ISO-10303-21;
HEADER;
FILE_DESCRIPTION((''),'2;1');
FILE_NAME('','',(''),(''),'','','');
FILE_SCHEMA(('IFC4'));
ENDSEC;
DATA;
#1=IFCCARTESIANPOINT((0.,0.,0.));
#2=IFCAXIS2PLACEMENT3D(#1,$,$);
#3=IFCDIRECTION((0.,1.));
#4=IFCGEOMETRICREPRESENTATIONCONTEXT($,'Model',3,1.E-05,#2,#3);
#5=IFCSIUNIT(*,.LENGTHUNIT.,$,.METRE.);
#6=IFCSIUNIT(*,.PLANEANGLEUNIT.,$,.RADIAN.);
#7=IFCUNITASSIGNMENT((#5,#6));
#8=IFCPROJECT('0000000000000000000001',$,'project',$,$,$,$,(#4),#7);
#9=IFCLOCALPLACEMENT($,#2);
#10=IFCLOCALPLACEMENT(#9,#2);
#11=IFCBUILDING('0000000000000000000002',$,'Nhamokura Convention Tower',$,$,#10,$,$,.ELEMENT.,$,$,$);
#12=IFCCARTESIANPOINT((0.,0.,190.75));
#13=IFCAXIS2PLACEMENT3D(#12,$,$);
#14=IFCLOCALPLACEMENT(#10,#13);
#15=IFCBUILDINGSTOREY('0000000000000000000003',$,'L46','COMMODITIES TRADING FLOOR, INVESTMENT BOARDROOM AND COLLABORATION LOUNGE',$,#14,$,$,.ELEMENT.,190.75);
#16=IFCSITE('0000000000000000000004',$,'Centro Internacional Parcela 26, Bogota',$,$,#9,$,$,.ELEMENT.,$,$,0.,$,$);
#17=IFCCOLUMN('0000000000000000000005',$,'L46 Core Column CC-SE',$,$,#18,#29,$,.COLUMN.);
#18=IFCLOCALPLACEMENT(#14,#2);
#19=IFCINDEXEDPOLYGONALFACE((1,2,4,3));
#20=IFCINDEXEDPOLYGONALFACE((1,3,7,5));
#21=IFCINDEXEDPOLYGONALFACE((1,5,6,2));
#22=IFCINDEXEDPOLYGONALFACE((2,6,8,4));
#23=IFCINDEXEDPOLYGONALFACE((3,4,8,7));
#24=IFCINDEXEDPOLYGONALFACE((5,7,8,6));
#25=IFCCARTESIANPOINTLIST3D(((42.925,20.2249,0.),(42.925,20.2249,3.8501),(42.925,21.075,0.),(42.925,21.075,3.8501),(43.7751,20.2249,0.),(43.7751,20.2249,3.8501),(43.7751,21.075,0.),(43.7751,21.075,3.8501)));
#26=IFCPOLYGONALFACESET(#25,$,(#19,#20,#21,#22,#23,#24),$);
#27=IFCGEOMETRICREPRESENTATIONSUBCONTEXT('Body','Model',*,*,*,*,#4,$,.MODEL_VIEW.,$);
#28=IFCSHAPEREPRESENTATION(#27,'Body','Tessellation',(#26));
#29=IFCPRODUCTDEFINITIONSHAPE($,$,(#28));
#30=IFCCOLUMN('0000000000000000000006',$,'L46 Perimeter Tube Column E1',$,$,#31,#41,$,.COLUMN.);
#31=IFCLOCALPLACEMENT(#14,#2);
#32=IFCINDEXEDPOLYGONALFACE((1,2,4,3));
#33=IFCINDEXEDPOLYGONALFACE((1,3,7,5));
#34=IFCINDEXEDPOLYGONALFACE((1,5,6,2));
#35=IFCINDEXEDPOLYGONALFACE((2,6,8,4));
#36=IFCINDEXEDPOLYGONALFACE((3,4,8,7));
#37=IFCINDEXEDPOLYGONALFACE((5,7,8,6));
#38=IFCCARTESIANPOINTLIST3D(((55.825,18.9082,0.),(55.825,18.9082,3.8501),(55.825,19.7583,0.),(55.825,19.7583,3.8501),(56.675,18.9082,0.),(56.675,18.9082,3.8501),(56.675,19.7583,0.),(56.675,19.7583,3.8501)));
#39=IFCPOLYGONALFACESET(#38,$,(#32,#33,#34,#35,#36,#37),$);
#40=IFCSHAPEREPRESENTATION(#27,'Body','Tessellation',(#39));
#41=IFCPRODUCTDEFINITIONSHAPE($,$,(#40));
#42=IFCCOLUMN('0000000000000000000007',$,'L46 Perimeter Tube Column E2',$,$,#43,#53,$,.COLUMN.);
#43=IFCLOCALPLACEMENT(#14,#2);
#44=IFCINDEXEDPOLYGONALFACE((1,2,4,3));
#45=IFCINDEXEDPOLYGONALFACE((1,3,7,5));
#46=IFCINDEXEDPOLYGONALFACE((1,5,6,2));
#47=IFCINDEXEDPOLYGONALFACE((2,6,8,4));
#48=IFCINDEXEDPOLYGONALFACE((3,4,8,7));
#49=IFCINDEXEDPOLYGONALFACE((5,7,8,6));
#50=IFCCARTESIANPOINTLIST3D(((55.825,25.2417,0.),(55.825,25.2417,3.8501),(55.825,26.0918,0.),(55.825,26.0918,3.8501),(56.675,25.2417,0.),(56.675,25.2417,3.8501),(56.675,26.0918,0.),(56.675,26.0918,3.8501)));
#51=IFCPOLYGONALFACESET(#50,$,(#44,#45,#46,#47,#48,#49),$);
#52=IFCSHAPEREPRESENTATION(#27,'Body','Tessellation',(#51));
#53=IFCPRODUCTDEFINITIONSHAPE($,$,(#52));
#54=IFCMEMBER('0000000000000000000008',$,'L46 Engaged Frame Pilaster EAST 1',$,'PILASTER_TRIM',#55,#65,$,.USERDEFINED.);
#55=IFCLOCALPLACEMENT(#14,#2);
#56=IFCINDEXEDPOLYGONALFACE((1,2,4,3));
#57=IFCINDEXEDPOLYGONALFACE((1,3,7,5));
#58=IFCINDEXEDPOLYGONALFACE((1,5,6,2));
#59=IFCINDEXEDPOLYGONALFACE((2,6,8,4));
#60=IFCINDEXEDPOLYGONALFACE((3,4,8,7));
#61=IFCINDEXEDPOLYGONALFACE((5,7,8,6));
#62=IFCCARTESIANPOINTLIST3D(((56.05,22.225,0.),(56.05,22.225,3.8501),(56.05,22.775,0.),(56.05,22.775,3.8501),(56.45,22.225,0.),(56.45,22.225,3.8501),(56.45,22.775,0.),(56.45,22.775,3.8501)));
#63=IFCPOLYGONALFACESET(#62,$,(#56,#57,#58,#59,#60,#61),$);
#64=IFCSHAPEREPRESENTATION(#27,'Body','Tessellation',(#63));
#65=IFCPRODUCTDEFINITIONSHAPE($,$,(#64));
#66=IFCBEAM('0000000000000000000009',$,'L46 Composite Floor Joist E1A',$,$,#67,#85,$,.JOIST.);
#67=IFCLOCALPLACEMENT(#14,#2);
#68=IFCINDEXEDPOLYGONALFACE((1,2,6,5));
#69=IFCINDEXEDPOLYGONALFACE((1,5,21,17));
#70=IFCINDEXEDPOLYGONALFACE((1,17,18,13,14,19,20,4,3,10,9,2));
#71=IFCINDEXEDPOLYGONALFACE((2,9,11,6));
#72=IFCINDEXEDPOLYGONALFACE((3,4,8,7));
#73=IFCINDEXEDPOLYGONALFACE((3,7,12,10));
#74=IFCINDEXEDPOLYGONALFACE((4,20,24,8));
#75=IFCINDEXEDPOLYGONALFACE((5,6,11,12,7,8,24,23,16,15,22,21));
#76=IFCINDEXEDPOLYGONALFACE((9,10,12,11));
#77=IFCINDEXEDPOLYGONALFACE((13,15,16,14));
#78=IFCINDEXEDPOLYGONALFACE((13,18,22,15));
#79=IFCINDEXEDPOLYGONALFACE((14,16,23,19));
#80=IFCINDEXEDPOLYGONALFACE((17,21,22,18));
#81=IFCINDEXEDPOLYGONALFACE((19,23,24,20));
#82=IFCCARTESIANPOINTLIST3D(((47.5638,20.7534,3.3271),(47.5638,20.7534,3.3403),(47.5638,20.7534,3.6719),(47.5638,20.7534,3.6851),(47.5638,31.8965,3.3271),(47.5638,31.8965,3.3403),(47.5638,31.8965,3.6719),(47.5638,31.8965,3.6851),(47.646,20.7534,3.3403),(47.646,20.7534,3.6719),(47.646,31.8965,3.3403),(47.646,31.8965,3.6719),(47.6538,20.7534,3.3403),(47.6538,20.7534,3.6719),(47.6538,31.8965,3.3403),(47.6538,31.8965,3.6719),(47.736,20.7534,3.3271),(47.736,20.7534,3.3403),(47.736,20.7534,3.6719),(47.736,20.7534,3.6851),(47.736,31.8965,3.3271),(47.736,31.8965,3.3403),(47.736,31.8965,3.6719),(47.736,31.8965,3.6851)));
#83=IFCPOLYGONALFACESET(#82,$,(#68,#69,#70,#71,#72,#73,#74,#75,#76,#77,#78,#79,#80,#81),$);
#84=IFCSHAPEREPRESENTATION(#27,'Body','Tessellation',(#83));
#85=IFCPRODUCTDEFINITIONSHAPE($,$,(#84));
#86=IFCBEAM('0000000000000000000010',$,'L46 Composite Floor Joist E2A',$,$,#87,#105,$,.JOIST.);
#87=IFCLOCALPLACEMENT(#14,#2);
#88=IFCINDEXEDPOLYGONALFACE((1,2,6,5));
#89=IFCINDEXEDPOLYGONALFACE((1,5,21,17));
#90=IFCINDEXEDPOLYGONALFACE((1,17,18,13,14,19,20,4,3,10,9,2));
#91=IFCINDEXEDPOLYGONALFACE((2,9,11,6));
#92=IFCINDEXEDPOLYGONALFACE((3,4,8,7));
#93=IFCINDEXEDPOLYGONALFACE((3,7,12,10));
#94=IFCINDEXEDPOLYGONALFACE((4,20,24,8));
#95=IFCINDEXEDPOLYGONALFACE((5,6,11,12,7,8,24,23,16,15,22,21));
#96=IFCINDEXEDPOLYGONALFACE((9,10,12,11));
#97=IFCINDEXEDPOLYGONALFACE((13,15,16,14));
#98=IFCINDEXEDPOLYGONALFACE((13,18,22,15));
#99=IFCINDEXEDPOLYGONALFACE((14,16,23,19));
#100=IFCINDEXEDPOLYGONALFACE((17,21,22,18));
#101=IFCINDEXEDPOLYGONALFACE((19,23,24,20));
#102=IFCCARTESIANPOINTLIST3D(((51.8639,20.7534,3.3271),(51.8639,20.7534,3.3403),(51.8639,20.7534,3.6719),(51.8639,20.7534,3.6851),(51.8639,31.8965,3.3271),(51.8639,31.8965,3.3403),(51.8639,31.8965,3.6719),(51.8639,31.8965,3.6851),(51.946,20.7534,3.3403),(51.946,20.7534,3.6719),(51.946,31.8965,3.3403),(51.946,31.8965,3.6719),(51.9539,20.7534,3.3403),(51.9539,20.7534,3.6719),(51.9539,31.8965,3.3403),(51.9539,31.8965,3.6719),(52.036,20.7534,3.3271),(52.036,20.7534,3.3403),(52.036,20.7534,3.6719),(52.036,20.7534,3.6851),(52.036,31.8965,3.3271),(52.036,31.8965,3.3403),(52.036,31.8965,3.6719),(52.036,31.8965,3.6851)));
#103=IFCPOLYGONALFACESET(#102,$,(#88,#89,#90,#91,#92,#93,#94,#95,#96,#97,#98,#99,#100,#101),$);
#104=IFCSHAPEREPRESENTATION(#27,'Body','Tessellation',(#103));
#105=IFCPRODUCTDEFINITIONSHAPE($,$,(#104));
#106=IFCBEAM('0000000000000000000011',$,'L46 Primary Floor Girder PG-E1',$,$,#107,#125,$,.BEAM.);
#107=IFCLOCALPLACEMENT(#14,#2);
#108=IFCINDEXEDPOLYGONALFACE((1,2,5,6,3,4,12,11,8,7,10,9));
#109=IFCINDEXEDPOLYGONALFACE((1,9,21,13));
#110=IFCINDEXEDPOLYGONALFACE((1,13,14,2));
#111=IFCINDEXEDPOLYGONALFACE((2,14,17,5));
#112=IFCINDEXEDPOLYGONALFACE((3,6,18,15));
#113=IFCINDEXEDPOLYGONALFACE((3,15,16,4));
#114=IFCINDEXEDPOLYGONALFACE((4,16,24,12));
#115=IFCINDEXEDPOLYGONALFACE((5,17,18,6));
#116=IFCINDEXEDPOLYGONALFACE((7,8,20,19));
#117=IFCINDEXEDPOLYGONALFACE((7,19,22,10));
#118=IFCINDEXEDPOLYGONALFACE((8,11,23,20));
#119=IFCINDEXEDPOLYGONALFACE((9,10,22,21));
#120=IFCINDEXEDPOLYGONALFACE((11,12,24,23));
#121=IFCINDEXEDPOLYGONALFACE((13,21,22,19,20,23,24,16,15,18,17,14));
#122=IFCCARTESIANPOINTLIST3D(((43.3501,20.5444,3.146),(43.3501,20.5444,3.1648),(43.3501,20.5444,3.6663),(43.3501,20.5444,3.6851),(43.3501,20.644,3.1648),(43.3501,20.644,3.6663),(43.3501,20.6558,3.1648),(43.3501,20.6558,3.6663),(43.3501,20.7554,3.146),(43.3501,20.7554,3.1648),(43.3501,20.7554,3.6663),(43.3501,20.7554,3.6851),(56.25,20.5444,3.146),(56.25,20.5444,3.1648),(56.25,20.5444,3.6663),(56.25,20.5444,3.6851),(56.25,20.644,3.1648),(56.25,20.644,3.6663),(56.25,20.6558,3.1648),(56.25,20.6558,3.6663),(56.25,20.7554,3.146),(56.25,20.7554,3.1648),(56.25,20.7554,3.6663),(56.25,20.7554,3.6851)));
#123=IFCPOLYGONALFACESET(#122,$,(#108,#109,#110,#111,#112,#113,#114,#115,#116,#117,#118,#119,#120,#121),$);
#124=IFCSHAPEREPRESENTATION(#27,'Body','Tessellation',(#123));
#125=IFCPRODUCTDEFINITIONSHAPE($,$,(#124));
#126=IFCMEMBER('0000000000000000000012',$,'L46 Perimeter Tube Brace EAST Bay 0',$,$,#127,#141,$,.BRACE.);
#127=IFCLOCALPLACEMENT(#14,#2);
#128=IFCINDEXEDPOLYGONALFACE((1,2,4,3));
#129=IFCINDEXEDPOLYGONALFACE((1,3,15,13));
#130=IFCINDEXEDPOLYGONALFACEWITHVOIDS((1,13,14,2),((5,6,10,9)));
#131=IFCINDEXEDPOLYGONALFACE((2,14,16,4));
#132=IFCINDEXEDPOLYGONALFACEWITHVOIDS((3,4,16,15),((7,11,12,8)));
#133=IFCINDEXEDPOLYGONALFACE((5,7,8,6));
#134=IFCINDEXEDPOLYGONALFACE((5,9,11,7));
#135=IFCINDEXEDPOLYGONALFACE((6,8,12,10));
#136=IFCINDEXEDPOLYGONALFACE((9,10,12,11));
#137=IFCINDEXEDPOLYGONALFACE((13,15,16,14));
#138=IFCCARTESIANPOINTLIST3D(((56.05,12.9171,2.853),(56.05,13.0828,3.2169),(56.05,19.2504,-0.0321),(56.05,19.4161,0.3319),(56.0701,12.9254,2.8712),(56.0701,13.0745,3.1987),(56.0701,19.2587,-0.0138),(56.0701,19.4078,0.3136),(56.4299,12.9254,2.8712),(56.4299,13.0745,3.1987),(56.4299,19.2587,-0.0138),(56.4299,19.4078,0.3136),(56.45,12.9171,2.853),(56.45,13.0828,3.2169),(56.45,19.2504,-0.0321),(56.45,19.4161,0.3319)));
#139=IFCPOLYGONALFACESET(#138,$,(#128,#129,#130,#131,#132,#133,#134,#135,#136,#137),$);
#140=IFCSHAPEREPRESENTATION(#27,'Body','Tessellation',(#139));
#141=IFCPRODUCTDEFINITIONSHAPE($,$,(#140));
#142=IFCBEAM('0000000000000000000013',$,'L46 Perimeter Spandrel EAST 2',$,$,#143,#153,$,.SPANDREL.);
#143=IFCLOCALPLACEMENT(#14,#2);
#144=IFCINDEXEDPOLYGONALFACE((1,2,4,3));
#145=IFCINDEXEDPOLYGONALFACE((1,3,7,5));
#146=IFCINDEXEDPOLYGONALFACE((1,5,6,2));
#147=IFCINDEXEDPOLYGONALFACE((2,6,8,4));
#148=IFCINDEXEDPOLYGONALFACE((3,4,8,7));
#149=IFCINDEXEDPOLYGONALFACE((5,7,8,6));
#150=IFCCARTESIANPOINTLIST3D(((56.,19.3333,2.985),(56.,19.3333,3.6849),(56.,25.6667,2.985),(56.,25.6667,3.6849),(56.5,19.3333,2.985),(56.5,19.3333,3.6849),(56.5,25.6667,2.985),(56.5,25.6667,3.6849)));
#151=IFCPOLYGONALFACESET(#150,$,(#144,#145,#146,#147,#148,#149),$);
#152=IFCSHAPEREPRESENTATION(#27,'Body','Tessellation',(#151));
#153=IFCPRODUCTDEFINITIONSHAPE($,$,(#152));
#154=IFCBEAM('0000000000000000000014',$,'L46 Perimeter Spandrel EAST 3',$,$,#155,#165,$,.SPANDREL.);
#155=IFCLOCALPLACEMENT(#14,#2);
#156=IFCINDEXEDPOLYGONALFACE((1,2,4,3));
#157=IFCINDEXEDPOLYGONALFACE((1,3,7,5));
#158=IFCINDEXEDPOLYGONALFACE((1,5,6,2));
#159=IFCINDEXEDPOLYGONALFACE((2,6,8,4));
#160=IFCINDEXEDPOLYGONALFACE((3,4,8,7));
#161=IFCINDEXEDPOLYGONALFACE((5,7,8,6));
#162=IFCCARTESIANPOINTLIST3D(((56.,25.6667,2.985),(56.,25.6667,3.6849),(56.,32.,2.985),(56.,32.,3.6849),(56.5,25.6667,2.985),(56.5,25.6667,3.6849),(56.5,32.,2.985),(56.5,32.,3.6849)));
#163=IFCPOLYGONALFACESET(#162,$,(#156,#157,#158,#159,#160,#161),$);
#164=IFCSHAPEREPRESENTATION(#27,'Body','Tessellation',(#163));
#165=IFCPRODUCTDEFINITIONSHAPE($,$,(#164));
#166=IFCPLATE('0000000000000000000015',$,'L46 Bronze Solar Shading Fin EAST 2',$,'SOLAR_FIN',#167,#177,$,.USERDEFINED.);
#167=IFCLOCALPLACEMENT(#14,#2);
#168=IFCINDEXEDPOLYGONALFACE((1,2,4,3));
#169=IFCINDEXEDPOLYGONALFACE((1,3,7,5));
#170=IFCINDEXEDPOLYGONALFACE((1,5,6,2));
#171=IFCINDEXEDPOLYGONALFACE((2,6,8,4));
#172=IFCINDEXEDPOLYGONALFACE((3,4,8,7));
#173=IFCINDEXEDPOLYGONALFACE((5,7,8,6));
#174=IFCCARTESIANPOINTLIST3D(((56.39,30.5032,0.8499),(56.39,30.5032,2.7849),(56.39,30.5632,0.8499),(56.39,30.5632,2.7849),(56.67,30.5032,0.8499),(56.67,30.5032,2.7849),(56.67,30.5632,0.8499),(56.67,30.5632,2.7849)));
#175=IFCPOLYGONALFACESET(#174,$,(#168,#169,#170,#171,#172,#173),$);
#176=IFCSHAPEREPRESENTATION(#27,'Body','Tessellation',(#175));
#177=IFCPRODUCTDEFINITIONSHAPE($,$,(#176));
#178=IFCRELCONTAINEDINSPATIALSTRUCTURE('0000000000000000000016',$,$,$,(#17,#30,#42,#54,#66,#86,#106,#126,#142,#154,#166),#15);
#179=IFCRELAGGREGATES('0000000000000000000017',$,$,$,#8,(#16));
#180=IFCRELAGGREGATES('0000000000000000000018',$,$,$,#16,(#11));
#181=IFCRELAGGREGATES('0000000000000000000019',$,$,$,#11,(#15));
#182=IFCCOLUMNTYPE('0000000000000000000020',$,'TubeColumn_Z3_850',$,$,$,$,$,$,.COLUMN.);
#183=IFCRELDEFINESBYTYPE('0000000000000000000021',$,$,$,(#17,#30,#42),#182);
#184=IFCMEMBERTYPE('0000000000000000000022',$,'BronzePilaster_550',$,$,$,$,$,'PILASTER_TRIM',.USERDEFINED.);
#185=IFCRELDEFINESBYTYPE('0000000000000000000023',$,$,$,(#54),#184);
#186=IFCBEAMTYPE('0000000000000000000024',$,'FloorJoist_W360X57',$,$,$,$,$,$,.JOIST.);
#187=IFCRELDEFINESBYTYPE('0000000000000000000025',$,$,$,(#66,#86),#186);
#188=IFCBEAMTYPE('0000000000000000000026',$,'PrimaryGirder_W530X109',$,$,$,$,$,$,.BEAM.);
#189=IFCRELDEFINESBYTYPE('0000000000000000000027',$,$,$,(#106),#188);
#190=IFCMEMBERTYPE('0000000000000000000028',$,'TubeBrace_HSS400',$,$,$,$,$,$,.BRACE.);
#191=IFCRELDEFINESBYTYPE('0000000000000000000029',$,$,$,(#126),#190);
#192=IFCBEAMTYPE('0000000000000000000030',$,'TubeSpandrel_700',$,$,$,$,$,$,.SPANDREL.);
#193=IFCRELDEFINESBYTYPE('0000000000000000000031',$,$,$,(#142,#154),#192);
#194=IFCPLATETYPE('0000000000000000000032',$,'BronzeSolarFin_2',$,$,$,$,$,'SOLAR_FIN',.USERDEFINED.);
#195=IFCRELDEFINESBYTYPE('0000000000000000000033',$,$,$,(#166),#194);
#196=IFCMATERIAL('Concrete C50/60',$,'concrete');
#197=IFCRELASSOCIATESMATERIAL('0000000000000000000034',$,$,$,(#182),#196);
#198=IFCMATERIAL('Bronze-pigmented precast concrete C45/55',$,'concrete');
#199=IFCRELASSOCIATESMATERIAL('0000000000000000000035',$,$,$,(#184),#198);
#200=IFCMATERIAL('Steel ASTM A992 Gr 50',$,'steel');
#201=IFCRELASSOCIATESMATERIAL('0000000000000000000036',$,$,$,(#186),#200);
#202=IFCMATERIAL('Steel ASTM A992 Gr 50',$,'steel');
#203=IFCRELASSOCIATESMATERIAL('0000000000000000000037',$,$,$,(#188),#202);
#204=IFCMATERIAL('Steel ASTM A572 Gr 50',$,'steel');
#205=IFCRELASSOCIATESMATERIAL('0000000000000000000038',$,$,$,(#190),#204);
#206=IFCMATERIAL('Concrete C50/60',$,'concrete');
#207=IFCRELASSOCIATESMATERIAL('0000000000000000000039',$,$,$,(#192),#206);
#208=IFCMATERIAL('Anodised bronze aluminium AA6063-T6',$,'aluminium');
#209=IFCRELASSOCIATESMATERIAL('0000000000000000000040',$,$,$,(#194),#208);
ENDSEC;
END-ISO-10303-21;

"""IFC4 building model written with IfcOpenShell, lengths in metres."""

from ifc_helpers import new_model, si_unit, direction, frame, origin, origin_2d, place, context, subcontext, project, spatial, rectangle, hollow_rectangle, i_section, extrude, material, material_profile, profile_set, type_object, element, save


model = new_model("IFC4")

# Units and contexts
model_context = context("Model", 3, precision=1e-05, world=origin(), true_north=direction((0.0, 1.0)))
body_context = subcontext(model_context, "Body", "Model", "MODEL_VIEW")
ifc_project = project(units=[si_unit("LENGTHUNIT", "METRE"), si_unit("PLANEANGLEUNIT", "RADIAN")], contexts=[model_context])

# Site, building, storey
site_placement = place(None, origin())
site = spatial("IfcSite", under=ifc_project, at=site_placement, Name="Centro Internacional Parcela 26, Bogota", CompositionType="ELEMENT", RefElevation=0.0)
building_placement = place(site_placement, origin())
building = spatial("IfcBuilding", under=site, at=building_placement, Name="Nhamokura Convention Tower", CompositionType="ELEMENT")
storey_placement = place(building_placement, frame((0.0, 0.0, 190.75)))
storey = spatial("IfcBuildingStorey", under=building, at=storey_placement, Name="L46", Description="COMMODITIES TRADING FLOOR, INVESTMENT BOARDROOM AND COLLABORATION LOUNGE", CompositionType="ELEMENT", Elevation=190.75)

# Columns
ifc_material_1 = material(Name="Concrete C50/60", Category="concrete")
ifc_material_profile_1 = material_profile(ifc_material_1, rectangle(XDim=0.8501, YDim=0.8501, at=origin_2d()))
ifc_profile_set_1 = profile_set([ifc_material_profile_1], Name="Concrete C50/60")
column_type = type_object("IfcColumnType", Name="TubeColumn_Z3_850", PredefinedType="COLUMN", material=ifc_profile_set_1)
for number, where, z_axis, x_axis, name in (
    (1, (43.3501, 20.6499, 0.0), (0.0, 0.0, 1.0), (1.0, 0.0, 0.0), "L46 Core Column CC-SE"),
    (2, (56.25, 19.3333, 0.0), (0.0, 0.0, 1.0), (1.0, 0.0, 0.0), "L46 Perimeter Tube Column E1"),
    (3, (56.25, 25.6667, 0.0), (0.0, 0.0, 1.0), (1.0, 0.0, 0.0), "L46 Perimeter Tube Column E2"),
):
    element("IfcColumn", number, at=place(storey_placement, frame(where, z_axis=z_axis, x_axis=x_axis)), inside=storey, type_object=column_type, Name=name, PredefinedType="COLUMN", context=body_context, shape_type="SweptSolid", body=[
        extrude(rectangle(XDim=0.8501, YDim=0.8501, at=origin_2d()), origin(), (0.0, 0.0, 1.0), 3.8501),
    ])

# Member
ifc_material_2 = material(Name="Bronze-pigmented precast concrete C45/55", Category="concrete")
ifc_material_profile_2 = material_profile(ifc_material_2, rectangle(XDim=0.3999, YDim=0.55, at=origin_2d()))
ifc_profile_set_2 = profile_set([ifc_material_profile_2], Name="Bronze-pigmented precast concrete C45/55")
member_type_1 = type_object("IfcMemberType", Name="BronzePilaster_550", ElementType="PILASTER_TRIM", PredefinedType="USERDEFINED", material=ifc_profile_set_2)
member_1_placement = place(storey_placement, frame((56.25, 22.5, 0.0), z_axis=(0.0, 0.0, 1.0), x_axis=(1.0, 0.0, 0.0)))
element("IfcMember", 4, at=member_1_placement, inside=storey, type_object=member_type_1, Name="L46 Engaged Frame Pilaster EAST 1", ObjectType="PILASTER_TRIM", PredefinedType="USERDEFINED", context=body_context, shape_type="SweptSolid", body=[
    extrude(rectangle(XDim=0.3999, YDim=0.55, at=origin_2d()), origin(), (0.0, 0.0, 1.0), 3.8501),
])

# Beams
ifc_material_3 = material(Name="Steel ASTM A992 Gr 50", Category="steel")
ifc_material_profile_3 = material_profile(ifc_material_3, i_section(OverallWidth=0.1721, OverallDepth=0.3579, WebThickness=0.0078, FlangeThickness=0.0132, at=origin_2d()))
ifc_profile_set_3 = profile_set([ifc_material_profile_3], Name="Steel ASTM A992 Gr 50")
beam_type_1 = type_object("IfcBeamType", Name="FloorJoist_W360X57", PredefinedType="JOIST", material=ifc_profile_set_3)
for number, where, z_axis, x_axis, name in (
    (5, (47.6499, 20.7534, 3.5061), (0.0, 1.0, 0.0), (-1.0, 0.0, 0.0), "L46 Composite Floor Joist E1A"),
    (6, (51.95, 20.7534, 3.5061), (0.0, 1.0, 0.0), (-1.0, 0.0, 0.0), "L46 Composite Floor Joist E2A"),
):
    element("IfcBeam", number, at=place(storey_placement, frame(where, z_axis=z_axis, x_axis=x_axis)), inside=storey, type_object=beam_type_1, Name=name, PredefinedType="JOIST", context=body_context, shape_type="SweptSolid", body=[
        extrude(i_section(OverallWidth=0.1721, OverallDepth=0.3579, WebThickness=0.0078, FlangeThickness=0.0132, at=origin_2d()), origin(), (0.0, 0.0, 1.0), 11.1431),
    ])
ifc_material_4 = material(Name="Steel ASTM A992 Gr 50", Category="steel")
ifc_material_profile_4 = material_profile(ifc_material_4, i_section(OverallWidth=0.2109, OverallDepth=0.5391, WebThickness=0.0117, FlangeThickness=0.0188, at=origin_2d()))
ifc_profile_set_4 = profile_set([ifc_material_profile_4], Name="Steel ASTM A992 Gr 50")
beam_type_2 = type_object("IfcBeamType", Name="PrimaryGirder_W530X109", PredefinedType="BEAM", material=ifc_profile_set_4)
beam_1_placement = place(storey_placement, frame((43.3501, 20.6499, 3.4155), z_axis=(1.0, 0.0, 0.0), x_axis=(0.0, 1.0, 0.0)))
element("IfcBeam", 7, at=beam_1_placement, inside=storey, type_object=beam_type_2, Name="L46 Primary Floor Girder PG-E1", PredefinedType="BEAM", context=body_context, shape_type="SweptSolid", body=[
    extrude(i_section(OverallWidth=0.2109, OverallDepth=0.5391, WebThickness=0.0117, FlangeThickness=0.0188, at=origin_2d()), origin(), (0.0, 0.0, 1.0), 12.8999),
])

# Member
ifc_material_5 = material(Name="Steel ASTM A572 Gr 50", Category="steel")
ifc_material_profile_5 = material_profile(ifc_material_5, hollow_rectangle(XDim=0.3999, YDim=0.3999, WallThickness=0.02, at=origin_2d()))
ifc_profile_set_5 = profile_set([ifc_material_profile_5], Name="Steel ASTM A572 Gr 50")
member_type_2 = type_object("IfcMemberType", Name="TubeBrace_HSS400", PredefinedType="BRACE", material=ifc_profile_set_5)
member_2_placement = place(storey_placement, frame((56.25, 19.3333, 0.1499), z_axis=(0.0, -0.910027, 0.414548), x_axis=(1.0, 0.0, 0.0)))
element("IfcMember", 8, at=member_2_placement, inside=storey, type_object=member_type_2, Name="L46 Perimeter Tube Brace EAST Bay 0", PredefinedType="BRACE", context=body_context, shape_type="SweptSolid", body=[
    extrude(hollow_rectangle(XDim=0.3999, YDim=0.3999, WallThickness=0.02, at=origin_2d()), origin(), (0.0, 0.0, 1.0), 6.9595),
])

# Beams
ifc_material_6 = material(Name="Concrete C50/60", Category="concrete")
ifc_material_profile_6 = material_profile(ifc_material_6, rectangle(XDim=0.5, YDim=0.7, at=origin_2d()))
ifc_profile_set_6 = profile_set([ifc_material_profile_6], Name="Concrete C50/60")
beam_type_3 = type_object("IfcBeamType", Name="TubeSpandrel_700", PredefinedType="SPANDREL", material=ifc_profile_set_6)
beam_2_placement = place(storey_placement, frame((56.25, 19.3333, 3.335), z_axis=(0.0, 1.0, 0.0), x_axis=(-1.0, 0.0, 0.0)))
element("IfcBeam", 9, at=beam_2_placement, inside=storey, type_object=beam_type_3, Name="L46 Perimeter Spandrel EAST 2", PredefinedType="SPANDREL", context=body_context, shape_type="SweptSolid", body=[
    extrude(rectangle(XDim=0.5, YDim=0.7, at=origin_2d()), origin(), (0.0, 0.0, 1.0), 6.3335),
])
beam_3_placement = place(storey_placement, frame((56.25, 25.6667, 3.335), z_axis=(0.0, 1.0, 0.0), x_axis=(-1.0, 0.0, 0.0)))
element("IfcBeam", 10, at=beam_3_placement, inside=storey, type_object=beam_type_3, Name="L46 Perimeter Spandrel EAST 3", PredefinedType="SPANDREL", context=body_context, shape_type="SweptSolid", body=[
    extrude(rectangle(XDim=0.5, YDim=0.7, at=origin_2d()), origin(), (0.0, 0.0, 1.0), 6.3333),
])

# Plate
ifc_material_7 = material(Name="Anodised bronze aluminium AA6063-T6", Category="aluminium")
plate_type = type_object("IfcPlateType", Name="BronzeSolarFin_2", ElementType="SOLAR_FIN", PredefinedType="USERDEFINED", material=ifc_material_7)
plate_placement = place(storey_placement, frame((56.53, 30.5332, 0.8499), z_axis=(0.0, 0.0, 1.0), x_axis=(1.0, 0.0, 0.0)))
element("IfcPlate", 11, at=plate_placement, inside=storey, type_object=plate_type, Name="L46 Bronze Solar Shading Fin EAST 2", ObjectType="SOLAR_FIN", PredefinedType="USERDEFINED", context=body_context, shape_type="SweptSolid", body=[
    extrude(rectangle(XDim=0.28, YDim=0.0601, at=origin_2d()), origin(), (0.0, 0.0, 1.0), 1.9351),
])

save(model, "model.ifc")
